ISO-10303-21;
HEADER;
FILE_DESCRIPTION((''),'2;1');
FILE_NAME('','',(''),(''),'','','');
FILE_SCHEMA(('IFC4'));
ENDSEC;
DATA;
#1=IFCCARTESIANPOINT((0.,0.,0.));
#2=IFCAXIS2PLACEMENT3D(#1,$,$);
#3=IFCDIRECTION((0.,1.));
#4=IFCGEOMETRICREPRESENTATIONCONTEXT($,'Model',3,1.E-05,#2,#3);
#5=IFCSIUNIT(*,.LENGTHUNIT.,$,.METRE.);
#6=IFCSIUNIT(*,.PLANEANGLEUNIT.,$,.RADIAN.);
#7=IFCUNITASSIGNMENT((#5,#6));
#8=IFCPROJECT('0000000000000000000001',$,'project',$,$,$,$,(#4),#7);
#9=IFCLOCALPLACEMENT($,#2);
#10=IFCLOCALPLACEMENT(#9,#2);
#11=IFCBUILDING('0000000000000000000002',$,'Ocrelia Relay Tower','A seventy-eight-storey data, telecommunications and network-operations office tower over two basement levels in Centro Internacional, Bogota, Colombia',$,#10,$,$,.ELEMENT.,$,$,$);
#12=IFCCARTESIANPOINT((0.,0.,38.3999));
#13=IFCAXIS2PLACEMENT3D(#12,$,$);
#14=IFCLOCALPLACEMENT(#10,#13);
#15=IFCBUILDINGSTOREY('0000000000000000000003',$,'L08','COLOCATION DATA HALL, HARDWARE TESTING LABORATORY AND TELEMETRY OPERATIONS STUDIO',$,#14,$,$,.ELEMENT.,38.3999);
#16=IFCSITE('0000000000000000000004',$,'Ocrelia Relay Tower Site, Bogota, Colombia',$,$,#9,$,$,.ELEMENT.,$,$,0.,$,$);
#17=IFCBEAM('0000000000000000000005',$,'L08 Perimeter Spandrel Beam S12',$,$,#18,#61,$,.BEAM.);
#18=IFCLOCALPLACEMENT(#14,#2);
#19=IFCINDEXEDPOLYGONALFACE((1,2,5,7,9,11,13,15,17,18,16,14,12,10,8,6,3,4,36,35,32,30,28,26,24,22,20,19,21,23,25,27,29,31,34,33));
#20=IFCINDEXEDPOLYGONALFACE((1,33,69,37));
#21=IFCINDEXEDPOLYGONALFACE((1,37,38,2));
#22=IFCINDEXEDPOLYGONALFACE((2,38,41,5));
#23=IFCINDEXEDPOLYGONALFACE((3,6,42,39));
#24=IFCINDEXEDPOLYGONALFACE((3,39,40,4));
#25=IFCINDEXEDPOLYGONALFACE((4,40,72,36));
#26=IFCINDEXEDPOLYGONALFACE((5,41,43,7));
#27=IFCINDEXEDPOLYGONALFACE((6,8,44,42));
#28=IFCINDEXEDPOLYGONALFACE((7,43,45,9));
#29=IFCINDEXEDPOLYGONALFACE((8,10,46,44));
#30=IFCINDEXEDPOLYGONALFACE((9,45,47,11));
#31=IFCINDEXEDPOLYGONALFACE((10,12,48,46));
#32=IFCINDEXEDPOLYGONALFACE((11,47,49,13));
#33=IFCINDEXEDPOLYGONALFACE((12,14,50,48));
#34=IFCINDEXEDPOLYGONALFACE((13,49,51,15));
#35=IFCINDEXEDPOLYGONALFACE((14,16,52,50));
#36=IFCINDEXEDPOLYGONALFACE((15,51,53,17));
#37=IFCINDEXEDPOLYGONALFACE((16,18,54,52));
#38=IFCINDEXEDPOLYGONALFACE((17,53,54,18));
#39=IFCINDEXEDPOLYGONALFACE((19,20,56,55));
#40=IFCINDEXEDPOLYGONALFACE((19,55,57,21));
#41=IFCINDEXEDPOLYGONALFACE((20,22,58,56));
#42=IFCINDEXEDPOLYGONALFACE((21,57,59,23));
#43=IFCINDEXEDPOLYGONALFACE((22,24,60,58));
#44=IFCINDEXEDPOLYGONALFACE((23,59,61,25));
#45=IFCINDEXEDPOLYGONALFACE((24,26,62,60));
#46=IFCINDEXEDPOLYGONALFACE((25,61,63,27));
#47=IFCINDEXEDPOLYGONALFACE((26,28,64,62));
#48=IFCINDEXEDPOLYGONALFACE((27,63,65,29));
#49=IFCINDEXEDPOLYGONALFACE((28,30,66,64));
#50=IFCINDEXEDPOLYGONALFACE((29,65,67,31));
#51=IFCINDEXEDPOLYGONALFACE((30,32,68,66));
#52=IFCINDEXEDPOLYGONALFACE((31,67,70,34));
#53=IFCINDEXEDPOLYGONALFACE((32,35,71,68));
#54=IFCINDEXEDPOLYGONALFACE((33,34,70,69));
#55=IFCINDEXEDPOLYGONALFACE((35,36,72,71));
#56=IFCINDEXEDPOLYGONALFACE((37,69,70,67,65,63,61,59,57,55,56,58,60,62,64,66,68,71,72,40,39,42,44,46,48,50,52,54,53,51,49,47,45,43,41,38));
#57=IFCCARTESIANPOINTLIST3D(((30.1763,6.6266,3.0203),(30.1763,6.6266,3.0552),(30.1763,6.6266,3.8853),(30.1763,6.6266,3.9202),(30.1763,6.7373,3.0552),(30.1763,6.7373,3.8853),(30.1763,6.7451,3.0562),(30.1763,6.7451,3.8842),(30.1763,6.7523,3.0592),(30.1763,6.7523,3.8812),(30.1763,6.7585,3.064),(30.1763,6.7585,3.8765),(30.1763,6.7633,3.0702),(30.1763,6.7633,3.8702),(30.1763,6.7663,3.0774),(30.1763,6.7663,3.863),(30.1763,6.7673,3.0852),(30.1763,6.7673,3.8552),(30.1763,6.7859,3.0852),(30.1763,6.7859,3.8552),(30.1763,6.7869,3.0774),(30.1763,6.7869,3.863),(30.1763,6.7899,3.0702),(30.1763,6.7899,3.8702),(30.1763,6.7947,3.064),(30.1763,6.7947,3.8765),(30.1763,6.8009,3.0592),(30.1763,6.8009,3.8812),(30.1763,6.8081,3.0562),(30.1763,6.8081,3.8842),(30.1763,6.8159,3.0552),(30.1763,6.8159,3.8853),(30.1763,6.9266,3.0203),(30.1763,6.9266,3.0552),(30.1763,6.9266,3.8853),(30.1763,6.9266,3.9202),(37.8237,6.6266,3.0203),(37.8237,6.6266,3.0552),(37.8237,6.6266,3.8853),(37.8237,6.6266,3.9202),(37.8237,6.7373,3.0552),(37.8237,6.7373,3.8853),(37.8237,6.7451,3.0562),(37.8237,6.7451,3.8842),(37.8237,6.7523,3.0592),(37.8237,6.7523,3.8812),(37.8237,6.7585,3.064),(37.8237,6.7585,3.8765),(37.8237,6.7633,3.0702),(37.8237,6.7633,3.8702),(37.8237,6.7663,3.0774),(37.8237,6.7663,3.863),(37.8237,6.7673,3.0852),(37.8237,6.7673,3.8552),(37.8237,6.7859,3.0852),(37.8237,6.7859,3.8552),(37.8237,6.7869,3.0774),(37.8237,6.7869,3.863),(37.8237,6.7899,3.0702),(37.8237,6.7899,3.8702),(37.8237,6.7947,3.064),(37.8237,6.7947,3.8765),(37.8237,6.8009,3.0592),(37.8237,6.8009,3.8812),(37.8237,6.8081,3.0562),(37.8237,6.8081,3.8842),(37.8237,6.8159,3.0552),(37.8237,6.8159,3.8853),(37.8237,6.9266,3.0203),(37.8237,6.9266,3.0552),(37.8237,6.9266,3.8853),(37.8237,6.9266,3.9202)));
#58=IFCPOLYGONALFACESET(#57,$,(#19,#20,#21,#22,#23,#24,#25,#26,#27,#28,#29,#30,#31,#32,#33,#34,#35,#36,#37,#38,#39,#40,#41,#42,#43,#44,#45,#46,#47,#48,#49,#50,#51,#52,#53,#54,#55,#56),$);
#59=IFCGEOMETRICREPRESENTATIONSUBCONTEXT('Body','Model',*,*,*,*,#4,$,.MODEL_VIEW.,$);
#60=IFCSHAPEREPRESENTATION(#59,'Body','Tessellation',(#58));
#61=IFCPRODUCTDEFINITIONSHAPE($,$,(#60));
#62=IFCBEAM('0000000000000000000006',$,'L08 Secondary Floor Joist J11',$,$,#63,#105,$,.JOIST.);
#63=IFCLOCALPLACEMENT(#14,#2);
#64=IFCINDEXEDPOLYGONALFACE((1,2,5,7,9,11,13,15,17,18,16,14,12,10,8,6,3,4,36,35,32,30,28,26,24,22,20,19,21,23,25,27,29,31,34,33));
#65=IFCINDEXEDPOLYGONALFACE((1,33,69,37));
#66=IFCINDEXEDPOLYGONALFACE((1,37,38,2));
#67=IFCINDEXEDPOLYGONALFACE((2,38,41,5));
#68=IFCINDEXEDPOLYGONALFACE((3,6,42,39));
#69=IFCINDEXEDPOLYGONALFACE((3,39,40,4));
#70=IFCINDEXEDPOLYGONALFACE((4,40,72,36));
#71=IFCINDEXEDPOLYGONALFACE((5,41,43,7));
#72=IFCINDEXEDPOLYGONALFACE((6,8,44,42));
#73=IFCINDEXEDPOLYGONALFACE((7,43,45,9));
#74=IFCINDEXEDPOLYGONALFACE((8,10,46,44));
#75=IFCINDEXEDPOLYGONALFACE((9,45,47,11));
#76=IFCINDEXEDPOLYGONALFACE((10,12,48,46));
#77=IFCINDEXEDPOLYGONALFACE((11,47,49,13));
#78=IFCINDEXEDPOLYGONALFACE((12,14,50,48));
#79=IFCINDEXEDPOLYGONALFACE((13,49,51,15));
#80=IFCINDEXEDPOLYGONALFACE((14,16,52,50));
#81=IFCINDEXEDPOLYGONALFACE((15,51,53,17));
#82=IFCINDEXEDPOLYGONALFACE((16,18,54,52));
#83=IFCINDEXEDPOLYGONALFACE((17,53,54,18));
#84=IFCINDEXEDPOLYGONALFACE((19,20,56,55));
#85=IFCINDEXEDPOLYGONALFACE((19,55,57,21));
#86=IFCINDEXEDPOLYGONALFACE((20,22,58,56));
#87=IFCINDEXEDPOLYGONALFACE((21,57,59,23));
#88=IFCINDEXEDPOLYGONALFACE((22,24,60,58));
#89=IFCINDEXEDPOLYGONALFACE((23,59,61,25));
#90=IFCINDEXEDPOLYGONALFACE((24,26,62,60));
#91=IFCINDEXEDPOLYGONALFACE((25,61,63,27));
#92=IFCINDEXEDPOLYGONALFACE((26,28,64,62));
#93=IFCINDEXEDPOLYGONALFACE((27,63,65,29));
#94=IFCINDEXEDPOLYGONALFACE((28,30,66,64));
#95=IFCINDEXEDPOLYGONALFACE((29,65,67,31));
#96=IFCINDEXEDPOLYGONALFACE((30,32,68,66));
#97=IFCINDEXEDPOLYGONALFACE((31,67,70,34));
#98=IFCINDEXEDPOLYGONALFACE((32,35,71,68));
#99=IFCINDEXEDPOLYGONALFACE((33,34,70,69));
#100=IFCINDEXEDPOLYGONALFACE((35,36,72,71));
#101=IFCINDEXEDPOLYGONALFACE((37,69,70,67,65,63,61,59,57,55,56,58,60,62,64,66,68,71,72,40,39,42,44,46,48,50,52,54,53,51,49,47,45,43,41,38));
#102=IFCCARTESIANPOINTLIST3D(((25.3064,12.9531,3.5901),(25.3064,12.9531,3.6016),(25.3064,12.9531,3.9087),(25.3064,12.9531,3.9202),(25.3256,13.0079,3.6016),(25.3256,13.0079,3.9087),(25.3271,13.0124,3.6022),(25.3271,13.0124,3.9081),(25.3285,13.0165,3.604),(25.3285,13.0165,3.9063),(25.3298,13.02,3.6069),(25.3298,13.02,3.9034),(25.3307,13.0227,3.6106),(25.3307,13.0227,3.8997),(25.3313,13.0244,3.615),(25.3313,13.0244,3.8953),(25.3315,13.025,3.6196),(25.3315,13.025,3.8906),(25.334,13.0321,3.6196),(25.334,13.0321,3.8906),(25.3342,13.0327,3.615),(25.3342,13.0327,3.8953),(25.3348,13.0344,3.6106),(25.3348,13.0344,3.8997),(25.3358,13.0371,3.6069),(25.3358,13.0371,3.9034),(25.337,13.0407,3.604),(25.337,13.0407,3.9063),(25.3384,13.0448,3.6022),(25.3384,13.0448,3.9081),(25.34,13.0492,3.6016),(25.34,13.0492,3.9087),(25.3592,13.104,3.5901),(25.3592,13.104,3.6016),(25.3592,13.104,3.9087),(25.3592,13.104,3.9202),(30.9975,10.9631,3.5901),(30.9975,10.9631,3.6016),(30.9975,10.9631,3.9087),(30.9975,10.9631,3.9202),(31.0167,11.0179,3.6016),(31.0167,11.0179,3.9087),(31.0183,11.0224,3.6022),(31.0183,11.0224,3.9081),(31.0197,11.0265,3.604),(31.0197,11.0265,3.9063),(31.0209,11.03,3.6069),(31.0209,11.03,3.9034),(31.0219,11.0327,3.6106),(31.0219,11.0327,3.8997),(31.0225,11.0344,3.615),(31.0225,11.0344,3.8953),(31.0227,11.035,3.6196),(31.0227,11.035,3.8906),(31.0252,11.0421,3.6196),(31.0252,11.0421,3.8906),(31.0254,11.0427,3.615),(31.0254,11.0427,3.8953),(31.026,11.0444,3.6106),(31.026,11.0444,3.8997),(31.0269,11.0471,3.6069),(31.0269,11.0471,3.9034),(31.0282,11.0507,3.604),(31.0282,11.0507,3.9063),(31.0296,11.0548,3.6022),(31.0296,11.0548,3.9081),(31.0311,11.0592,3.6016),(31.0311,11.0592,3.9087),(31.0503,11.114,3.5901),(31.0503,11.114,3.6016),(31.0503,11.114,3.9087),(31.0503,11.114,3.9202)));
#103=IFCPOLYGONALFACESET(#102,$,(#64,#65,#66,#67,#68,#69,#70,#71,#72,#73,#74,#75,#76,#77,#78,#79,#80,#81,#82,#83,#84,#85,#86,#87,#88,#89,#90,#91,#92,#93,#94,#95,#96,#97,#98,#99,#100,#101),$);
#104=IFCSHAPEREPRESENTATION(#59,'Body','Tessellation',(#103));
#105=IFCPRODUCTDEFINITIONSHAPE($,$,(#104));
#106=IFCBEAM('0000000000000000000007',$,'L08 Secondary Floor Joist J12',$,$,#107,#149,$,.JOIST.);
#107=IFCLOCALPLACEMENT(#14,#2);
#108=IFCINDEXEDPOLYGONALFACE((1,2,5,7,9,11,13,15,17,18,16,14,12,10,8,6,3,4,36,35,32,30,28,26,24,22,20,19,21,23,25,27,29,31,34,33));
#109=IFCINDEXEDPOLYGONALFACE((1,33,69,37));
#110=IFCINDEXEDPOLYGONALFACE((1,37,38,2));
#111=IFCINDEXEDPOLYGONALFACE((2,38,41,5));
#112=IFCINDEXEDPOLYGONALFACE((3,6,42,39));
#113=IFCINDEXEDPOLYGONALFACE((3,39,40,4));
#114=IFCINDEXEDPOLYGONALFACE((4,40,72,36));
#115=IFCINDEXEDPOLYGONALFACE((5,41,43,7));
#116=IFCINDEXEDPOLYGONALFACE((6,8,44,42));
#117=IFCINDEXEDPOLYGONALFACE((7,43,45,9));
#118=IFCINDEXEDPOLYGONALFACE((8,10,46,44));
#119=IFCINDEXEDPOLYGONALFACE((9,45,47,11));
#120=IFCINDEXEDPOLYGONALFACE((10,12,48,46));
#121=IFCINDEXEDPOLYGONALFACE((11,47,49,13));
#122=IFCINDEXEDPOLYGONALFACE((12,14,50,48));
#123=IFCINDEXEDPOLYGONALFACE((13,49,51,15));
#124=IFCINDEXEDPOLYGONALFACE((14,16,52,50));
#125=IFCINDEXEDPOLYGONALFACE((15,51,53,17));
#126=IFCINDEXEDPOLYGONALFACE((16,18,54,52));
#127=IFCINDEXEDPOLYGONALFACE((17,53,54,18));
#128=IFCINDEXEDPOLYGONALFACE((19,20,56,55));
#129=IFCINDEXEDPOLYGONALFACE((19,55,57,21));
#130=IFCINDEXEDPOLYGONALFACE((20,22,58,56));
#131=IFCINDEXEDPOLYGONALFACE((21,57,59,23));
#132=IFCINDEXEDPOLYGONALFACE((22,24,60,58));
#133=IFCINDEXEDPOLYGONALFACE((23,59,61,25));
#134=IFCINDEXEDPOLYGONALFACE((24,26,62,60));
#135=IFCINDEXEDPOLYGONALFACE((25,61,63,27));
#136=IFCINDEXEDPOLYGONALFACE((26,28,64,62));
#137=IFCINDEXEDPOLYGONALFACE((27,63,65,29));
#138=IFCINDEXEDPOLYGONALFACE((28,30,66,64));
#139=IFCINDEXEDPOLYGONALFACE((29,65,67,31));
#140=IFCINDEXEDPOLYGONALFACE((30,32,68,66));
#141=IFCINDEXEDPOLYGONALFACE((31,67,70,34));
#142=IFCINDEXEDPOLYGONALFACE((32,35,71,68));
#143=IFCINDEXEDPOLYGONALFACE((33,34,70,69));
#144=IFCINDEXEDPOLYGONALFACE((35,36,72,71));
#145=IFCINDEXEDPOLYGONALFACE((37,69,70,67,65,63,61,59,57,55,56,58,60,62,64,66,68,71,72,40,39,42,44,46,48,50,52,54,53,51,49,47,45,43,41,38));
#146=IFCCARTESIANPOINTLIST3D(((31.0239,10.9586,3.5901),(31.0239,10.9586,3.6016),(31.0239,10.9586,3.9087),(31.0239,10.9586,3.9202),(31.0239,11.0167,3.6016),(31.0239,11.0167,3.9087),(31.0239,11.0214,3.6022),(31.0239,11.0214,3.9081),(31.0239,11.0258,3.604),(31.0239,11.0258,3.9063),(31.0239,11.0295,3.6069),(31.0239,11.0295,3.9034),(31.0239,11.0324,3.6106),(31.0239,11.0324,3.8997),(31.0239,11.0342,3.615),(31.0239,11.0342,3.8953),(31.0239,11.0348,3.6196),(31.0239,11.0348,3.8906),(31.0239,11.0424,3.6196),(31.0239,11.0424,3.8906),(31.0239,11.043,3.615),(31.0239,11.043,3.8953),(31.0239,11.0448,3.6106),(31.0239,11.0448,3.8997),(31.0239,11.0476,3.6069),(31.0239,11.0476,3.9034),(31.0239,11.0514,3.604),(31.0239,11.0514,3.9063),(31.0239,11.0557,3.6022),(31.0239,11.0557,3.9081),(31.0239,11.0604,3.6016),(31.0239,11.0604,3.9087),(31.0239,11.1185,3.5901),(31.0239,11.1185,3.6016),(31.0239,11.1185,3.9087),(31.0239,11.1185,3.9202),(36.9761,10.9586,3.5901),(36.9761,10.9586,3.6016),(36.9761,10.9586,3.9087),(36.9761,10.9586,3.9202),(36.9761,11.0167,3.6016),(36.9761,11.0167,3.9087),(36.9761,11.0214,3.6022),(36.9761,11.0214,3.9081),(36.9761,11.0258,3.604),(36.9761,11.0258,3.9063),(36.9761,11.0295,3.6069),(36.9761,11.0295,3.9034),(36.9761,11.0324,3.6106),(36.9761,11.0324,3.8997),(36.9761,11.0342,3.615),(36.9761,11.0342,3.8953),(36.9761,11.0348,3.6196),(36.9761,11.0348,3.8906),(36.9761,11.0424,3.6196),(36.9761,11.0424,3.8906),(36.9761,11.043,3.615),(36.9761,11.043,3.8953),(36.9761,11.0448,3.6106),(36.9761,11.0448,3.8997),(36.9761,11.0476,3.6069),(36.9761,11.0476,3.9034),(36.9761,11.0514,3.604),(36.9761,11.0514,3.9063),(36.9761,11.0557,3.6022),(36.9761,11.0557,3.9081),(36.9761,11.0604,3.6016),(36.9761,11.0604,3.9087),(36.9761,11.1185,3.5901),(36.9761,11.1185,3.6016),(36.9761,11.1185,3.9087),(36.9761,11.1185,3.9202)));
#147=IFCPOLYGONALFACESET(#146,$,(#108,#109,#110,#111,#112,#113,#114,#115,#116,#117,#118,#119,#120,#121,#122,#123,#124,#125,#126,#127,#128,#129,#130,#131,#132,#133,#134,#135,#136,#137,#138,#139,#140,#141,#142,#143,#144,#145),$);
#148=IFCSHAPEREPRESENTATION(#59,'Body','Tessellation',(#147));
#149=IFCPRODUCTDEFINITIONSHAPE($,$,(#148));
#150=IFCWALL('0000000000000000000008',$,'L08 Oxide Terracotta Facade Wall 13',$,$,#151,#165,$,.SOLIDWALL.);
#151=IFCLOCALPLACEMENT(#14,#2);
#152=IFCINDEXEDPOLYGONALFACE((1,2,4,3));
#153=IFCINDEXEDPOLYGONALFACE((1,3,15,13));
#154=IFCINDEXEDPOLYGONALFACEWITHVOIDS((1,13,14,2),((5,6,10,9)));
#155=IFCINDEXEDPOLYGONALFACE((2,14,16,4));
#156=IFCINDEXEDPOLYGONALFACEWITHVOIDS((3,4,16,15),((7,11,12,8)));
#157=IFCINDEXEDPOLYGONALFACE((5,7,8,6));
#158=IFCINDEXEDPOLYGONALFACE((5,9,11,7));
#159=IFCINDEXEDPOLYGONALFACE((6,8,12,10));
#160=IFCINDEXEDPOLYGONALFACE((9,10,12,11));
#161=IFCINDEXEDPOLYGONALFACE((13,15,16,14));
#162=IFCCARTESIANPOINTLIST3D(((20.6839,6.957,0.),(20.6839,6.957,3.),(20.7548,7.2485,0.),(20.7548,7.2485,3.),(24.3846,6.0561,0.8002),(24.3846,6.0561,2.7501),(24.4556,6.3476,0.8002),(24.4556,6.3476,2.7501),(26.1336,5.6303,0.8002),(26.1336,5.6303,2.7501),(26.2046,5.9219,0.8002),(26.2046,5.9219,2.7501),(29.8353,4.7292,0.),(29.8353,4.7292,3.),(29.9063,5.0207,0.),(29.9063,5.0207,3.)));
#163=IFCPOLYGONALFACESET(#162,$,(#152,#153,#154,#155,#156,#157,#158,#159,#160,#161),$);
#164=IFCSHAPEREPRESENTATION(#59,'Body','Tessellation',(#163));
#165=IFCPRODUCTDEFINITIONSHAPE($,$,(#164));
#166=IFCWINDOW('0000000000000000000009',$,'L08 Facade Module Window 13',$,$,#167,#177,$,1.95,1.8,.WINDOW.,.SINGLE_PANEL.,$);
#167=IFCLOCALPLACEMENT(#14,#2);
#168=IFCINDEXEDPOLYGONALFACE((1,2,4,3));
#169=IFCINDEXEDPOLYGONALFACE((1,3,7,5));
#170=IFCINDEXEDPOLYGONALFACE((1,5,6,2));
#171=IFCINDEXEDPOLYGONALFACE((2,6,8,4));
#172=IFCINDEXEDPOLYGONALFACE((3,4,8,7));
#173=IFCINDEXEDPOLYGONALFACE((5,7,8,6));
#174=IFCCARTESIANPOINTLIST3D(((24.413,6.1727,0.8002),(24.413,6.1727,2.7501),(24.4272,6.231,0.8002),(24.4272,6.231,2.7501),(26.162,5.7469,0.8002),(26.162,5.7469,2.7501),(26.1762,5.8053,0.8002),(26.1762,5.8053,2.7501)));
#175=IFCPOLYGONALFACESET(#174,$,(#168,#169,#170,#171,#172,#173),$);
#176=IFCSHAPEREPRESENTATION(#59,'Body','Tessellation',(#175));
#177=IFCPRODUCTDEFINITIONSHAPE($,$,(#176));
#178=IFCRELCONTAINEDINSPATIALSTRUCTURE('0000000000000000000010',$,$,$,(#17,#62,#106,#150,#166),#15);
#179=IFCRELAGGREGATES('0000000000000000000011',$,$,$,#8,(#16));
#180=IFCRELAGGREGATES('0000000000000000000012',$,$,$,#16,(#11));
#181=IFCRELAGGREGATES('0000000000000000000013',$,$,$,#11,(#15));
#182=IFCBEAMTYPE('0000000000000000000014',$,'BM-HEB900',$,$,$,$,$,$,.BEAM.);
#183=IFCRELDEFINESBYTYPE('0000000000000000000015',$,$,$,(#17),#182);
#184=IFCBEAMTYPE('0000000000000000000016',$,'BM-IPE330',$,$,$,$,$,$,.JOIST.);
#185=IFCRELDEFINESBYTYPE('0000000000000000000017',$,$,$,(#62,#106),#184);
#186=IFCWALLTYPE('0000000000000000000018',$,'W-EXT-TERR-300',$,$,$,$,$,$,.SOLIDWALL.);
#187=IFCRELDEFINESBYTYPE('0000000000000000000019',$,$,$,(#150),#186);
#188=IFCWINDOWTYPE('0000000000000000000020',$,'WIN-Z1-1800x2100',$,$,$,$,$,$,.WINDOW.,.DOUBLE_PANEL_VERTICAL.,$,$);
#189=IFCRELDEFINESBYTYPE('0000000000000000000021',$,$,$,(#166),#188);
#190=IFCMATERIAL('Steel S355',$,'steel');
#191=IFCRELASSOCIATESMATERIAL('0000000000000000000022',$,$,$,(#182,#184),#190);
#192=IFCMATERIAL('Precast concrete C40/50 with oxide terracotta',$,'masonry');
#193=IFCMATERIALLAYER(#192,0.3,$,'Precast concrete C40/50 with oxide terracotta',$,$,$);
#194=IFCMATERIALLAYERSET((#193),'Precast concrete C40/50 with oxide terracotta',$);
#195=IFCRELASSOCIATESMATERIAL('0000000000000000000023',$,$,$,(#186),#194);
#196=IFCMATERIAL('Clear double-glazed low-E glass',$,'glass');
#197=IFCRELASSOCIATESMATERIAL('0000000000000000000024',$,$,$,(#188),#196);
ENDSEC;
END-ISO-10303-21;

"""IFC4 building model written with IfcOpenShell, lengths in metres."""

from ifc_helpers import new_model, si_unit, direction, frame, frame_2d, origin, origin_2d, place, context, subcontext, project, spatial, rectangle, i_section, extrude, material, layer, layer_set, material_profile, profile_set, type_object, element, fill, save


model = new_model("IFC4")

# Units and contexts
model_context = context("Model", 3, precision=1e-05, world=origin(), true_north=direction((0.0, 1.0)))
body_context = subcontext(model_context, "Body", "Model", "MODEL_VIEW")
ifc_project = project(units=[si_unit("LENGTHUNIT", "METRE"), si_unit("PLANEANGLEUNIT", "RADIAN")], contexts=[model_context])

# Site, building, storey
site_placement = place(None, origin())
site = spatial("IfcSite", under=ifc_project, at=site_placement, Name="Ocrelia Relay Tower Site, Bogota, Colombia", CompositionType="ELEMENT", RefElevation=0.0)
building_placement = place(site_placement, origin())
building = spatial("IfcBuilding", under=site, at=building_placement, Name="Ocrelia Relay Tower", Description="A seventy-eight-storey data, telecommunications and network-operations office tower over two basement levels in Centro Internacional, Bogota, Colombia", CompositionType="ELEMENT")
storey_placement = place(building_placement, frame((0.0, 0.0, 38.3999)))
storey = spatial("IfcBuildingStorey", under=building, at=storey_placement, Name="L08", Description="COLOCATION DATA HALL, HARDWARE TESTING LABORATORY AND TELEMETRY OPERATIONS STUDIO", CompositionType="ELEMENT", Elevation=38.3999)

# Beams
ifc_material_1 = material(Name="Steel S355", Category="steel")
ifc_material_profile_1 = material_profile(ifc_material_1, i_section(OverallWidth=0.3, OverallDepth=0.8999, WebThickness=0.0186, FlangeThickness=0.0349, FilletRadius=0.03, at=origin_2d()), Name="HEB 900")
ifc_profile_set_1 = profile_set([ifc_material_profile_1], Name="Steel S355")
beam_type_1 = type_object("IfcBeamType", Name="BM-HEB900", PredefinedType="BEAM", material=ifc_profile_set_1)
for number, where, z_axis, x_axis, name in (
    (1, (30.1763, 6.7766, 3.4702), (1.0, 0.0, 0.0), (0.0, 1.0, 0.0), "L08 Perimeter Spandrel Beam S12"),
):
    element("IfcBeam", number, at=place(storey_placement, frame(where, z_axis=z_axis, x_axis=x_axis)), inside=storey, type_object=beam_type_1, Name=name, PredefinedType="BEAM", context=body_context, shape_type="SweptSolid", body=[
        extrude(i_section(OverallWidth=0.3, OverallDepth=0.8999, WebThickness=0.0186, FlangeThickness=0.0349, FilletRadius=0.03, at=origin_2d()), origin(), (0.0, 0.0, 1.0), 7.6475),
    ])
ifc_material_profile_2 = material_profile(ifc_material_1, i_section(OverallWidth=0.1599, OverallDepth=0.3301, WebThickness=0.0076, FlangeThickness=0.0115, FilletRadius=0.0181, at=origin_2d()), Name="IPE 330")
ifc_profile_set_2 = profile_set([ifc_material_profile_2], Name="Steel S355")
beam_type_2 = type_object("IfcBeamType", Name="BM-IPE330", PredefinedType="JOIST", material=ifc_profile_set_2)
beam_1_placement = place(storey_placement, frame((25.3328, 13.0286, 3.7551), z_axis=(0.943957, -0.330067, 0.0), x_axis=(0.330067, 0.943957, 0.0)))
element("IfcBeam", 2, at=beam_1_placement, inside=storey, type_object=beam_type_2, Name="L08 Secondary Floor Joist J11", PredefinedType="JOIST", context=body_context, shape_type="SweptSolid", body=[
    extrude(i_section(OverallWidth=0.1599, OverallDepth=0.3301, WebThickness=0.0076, FlangeThickness=0.0115, FilletRadius=0.0181, at=origin_2d()), origin(), (0.0, 0.0, 1.0), 6.0291),
])
beam_2_placement = place(storey_placement, frame((31.0239, 11.0386, 3.7551), z_axis=(1.0, 0.0, 0.0), x_axis=(0.0, 1.0, 0.0)))
element("IfcBeam", 3, at=beam_2_placement, inside=storey, type_object=beam_type_2, Name="L08 Secondary Floor Joist J12", PredefinedType="JOIST", context=body_context, shape_type="SweptSolid", body=[
    extrude(i_section(OverallWidth=0.1599, OverallDepth=0.3301, WebThickness=0.0076, FlangeThickness=0.0115, FilletRadius=0.0181, at=origin_2d()), origin(), (0.0, 0.0, 1.0), 5.9521),
])

# Wall, opening, window
ifc_material_2 = material(Name="Precast concrete C40/50 with oxide terracotta", Category="masonry")
ifc_layer_1 = layer(ifc_material_2, 0.3, Name="Precast concrete C40/50 with oxide terracotta")
ifc_layer_set_1 = layer_set([ifc_layer_1], Name="Precast concrete C40/50 with oxide terracotta")
wall_type = type_object("IfcWallType", Name="W-EXT-TERR-300", PredefinedType="SOLIDWALL", material=ifc_layer_set_1)
wall_1_placement = place(storey_placement, frame((20.7192, 7.1028, 0.0), z_axis=(0.0, 0.0, 1.0), x_axis=(0.971624, -0.23653, 0.0)))
wall_1 = element("IfcWall", 4, at=wall_1_placement, inside=storey, type_object=wall_type, Name="L08 Oxide Terracotta Facade Wall 13", PredefinedType="SOLIDWALL", context=body_context, shape_type="SweptSolid", body=[
    extrude(rectangle(XDim=9.4187, YDim=0.3, at=frame_2d((4.7095, 0.0))), origin(), (0.0, 0.0, 1.0), 3.0),
])
opening_1_placement = place(wall_1_placement, frame((3.8091, 0.0, 0.8)))
opening_1 = element("IfcOpeningElement", 5, at=opening_1_placement, cuts=wall_1, PredefinedType="OPENING", context=body_context, shape_type="SweptSolid", body=[
    extrude(rectangle(XDim=1.8, YDim=1.95, at=frame_2d((0.8999, 0.9751))), frame((0.0, 0.1602, 0.0), z_axis=(0.0, -1.0, 0.0), x_axis=(1.0, 0.0, 0.0)), (0.0, 0.0, 1.0), 0.3201),
])
ifc_material_3 = material(Name="Clear double-glazed low-E glass", Category="glass")
window_type = type_object("IfcWindowType", Name="WIN-Z1-1800x2100", PartitioningType="DOUBLE_PANEL_VERTICAL", PredefinedType="WINDOW", material=ifc_material_3)
window_placement = place(opening_1_placement, origin())
window = element("IfcWindow", 6, at=window_placement, inside=storey, type_object=window_type, Name="L08 Facade Module Window 13", OverallHeight=1.95, OverallWidth=1.8, PartitioningType="SINGLE_PANEL", PredefinedType="WINDOW", context=body_context, shape_type="SweptSolid", body=[
    extrude(rectangle(XDim=1.8, YDim=1.95, at=frame_2d((0.8999, 0.9751))), frame((0.0, 0.03, 0.0), z_axis=(0.0, -1.0, 0.0), x_axis=(1.0, 0.0, 0.0)), (0.0, 0.0, 1.0), 0.0601),
])
fill(opening_1, window)

save(model, "model.ifc")
